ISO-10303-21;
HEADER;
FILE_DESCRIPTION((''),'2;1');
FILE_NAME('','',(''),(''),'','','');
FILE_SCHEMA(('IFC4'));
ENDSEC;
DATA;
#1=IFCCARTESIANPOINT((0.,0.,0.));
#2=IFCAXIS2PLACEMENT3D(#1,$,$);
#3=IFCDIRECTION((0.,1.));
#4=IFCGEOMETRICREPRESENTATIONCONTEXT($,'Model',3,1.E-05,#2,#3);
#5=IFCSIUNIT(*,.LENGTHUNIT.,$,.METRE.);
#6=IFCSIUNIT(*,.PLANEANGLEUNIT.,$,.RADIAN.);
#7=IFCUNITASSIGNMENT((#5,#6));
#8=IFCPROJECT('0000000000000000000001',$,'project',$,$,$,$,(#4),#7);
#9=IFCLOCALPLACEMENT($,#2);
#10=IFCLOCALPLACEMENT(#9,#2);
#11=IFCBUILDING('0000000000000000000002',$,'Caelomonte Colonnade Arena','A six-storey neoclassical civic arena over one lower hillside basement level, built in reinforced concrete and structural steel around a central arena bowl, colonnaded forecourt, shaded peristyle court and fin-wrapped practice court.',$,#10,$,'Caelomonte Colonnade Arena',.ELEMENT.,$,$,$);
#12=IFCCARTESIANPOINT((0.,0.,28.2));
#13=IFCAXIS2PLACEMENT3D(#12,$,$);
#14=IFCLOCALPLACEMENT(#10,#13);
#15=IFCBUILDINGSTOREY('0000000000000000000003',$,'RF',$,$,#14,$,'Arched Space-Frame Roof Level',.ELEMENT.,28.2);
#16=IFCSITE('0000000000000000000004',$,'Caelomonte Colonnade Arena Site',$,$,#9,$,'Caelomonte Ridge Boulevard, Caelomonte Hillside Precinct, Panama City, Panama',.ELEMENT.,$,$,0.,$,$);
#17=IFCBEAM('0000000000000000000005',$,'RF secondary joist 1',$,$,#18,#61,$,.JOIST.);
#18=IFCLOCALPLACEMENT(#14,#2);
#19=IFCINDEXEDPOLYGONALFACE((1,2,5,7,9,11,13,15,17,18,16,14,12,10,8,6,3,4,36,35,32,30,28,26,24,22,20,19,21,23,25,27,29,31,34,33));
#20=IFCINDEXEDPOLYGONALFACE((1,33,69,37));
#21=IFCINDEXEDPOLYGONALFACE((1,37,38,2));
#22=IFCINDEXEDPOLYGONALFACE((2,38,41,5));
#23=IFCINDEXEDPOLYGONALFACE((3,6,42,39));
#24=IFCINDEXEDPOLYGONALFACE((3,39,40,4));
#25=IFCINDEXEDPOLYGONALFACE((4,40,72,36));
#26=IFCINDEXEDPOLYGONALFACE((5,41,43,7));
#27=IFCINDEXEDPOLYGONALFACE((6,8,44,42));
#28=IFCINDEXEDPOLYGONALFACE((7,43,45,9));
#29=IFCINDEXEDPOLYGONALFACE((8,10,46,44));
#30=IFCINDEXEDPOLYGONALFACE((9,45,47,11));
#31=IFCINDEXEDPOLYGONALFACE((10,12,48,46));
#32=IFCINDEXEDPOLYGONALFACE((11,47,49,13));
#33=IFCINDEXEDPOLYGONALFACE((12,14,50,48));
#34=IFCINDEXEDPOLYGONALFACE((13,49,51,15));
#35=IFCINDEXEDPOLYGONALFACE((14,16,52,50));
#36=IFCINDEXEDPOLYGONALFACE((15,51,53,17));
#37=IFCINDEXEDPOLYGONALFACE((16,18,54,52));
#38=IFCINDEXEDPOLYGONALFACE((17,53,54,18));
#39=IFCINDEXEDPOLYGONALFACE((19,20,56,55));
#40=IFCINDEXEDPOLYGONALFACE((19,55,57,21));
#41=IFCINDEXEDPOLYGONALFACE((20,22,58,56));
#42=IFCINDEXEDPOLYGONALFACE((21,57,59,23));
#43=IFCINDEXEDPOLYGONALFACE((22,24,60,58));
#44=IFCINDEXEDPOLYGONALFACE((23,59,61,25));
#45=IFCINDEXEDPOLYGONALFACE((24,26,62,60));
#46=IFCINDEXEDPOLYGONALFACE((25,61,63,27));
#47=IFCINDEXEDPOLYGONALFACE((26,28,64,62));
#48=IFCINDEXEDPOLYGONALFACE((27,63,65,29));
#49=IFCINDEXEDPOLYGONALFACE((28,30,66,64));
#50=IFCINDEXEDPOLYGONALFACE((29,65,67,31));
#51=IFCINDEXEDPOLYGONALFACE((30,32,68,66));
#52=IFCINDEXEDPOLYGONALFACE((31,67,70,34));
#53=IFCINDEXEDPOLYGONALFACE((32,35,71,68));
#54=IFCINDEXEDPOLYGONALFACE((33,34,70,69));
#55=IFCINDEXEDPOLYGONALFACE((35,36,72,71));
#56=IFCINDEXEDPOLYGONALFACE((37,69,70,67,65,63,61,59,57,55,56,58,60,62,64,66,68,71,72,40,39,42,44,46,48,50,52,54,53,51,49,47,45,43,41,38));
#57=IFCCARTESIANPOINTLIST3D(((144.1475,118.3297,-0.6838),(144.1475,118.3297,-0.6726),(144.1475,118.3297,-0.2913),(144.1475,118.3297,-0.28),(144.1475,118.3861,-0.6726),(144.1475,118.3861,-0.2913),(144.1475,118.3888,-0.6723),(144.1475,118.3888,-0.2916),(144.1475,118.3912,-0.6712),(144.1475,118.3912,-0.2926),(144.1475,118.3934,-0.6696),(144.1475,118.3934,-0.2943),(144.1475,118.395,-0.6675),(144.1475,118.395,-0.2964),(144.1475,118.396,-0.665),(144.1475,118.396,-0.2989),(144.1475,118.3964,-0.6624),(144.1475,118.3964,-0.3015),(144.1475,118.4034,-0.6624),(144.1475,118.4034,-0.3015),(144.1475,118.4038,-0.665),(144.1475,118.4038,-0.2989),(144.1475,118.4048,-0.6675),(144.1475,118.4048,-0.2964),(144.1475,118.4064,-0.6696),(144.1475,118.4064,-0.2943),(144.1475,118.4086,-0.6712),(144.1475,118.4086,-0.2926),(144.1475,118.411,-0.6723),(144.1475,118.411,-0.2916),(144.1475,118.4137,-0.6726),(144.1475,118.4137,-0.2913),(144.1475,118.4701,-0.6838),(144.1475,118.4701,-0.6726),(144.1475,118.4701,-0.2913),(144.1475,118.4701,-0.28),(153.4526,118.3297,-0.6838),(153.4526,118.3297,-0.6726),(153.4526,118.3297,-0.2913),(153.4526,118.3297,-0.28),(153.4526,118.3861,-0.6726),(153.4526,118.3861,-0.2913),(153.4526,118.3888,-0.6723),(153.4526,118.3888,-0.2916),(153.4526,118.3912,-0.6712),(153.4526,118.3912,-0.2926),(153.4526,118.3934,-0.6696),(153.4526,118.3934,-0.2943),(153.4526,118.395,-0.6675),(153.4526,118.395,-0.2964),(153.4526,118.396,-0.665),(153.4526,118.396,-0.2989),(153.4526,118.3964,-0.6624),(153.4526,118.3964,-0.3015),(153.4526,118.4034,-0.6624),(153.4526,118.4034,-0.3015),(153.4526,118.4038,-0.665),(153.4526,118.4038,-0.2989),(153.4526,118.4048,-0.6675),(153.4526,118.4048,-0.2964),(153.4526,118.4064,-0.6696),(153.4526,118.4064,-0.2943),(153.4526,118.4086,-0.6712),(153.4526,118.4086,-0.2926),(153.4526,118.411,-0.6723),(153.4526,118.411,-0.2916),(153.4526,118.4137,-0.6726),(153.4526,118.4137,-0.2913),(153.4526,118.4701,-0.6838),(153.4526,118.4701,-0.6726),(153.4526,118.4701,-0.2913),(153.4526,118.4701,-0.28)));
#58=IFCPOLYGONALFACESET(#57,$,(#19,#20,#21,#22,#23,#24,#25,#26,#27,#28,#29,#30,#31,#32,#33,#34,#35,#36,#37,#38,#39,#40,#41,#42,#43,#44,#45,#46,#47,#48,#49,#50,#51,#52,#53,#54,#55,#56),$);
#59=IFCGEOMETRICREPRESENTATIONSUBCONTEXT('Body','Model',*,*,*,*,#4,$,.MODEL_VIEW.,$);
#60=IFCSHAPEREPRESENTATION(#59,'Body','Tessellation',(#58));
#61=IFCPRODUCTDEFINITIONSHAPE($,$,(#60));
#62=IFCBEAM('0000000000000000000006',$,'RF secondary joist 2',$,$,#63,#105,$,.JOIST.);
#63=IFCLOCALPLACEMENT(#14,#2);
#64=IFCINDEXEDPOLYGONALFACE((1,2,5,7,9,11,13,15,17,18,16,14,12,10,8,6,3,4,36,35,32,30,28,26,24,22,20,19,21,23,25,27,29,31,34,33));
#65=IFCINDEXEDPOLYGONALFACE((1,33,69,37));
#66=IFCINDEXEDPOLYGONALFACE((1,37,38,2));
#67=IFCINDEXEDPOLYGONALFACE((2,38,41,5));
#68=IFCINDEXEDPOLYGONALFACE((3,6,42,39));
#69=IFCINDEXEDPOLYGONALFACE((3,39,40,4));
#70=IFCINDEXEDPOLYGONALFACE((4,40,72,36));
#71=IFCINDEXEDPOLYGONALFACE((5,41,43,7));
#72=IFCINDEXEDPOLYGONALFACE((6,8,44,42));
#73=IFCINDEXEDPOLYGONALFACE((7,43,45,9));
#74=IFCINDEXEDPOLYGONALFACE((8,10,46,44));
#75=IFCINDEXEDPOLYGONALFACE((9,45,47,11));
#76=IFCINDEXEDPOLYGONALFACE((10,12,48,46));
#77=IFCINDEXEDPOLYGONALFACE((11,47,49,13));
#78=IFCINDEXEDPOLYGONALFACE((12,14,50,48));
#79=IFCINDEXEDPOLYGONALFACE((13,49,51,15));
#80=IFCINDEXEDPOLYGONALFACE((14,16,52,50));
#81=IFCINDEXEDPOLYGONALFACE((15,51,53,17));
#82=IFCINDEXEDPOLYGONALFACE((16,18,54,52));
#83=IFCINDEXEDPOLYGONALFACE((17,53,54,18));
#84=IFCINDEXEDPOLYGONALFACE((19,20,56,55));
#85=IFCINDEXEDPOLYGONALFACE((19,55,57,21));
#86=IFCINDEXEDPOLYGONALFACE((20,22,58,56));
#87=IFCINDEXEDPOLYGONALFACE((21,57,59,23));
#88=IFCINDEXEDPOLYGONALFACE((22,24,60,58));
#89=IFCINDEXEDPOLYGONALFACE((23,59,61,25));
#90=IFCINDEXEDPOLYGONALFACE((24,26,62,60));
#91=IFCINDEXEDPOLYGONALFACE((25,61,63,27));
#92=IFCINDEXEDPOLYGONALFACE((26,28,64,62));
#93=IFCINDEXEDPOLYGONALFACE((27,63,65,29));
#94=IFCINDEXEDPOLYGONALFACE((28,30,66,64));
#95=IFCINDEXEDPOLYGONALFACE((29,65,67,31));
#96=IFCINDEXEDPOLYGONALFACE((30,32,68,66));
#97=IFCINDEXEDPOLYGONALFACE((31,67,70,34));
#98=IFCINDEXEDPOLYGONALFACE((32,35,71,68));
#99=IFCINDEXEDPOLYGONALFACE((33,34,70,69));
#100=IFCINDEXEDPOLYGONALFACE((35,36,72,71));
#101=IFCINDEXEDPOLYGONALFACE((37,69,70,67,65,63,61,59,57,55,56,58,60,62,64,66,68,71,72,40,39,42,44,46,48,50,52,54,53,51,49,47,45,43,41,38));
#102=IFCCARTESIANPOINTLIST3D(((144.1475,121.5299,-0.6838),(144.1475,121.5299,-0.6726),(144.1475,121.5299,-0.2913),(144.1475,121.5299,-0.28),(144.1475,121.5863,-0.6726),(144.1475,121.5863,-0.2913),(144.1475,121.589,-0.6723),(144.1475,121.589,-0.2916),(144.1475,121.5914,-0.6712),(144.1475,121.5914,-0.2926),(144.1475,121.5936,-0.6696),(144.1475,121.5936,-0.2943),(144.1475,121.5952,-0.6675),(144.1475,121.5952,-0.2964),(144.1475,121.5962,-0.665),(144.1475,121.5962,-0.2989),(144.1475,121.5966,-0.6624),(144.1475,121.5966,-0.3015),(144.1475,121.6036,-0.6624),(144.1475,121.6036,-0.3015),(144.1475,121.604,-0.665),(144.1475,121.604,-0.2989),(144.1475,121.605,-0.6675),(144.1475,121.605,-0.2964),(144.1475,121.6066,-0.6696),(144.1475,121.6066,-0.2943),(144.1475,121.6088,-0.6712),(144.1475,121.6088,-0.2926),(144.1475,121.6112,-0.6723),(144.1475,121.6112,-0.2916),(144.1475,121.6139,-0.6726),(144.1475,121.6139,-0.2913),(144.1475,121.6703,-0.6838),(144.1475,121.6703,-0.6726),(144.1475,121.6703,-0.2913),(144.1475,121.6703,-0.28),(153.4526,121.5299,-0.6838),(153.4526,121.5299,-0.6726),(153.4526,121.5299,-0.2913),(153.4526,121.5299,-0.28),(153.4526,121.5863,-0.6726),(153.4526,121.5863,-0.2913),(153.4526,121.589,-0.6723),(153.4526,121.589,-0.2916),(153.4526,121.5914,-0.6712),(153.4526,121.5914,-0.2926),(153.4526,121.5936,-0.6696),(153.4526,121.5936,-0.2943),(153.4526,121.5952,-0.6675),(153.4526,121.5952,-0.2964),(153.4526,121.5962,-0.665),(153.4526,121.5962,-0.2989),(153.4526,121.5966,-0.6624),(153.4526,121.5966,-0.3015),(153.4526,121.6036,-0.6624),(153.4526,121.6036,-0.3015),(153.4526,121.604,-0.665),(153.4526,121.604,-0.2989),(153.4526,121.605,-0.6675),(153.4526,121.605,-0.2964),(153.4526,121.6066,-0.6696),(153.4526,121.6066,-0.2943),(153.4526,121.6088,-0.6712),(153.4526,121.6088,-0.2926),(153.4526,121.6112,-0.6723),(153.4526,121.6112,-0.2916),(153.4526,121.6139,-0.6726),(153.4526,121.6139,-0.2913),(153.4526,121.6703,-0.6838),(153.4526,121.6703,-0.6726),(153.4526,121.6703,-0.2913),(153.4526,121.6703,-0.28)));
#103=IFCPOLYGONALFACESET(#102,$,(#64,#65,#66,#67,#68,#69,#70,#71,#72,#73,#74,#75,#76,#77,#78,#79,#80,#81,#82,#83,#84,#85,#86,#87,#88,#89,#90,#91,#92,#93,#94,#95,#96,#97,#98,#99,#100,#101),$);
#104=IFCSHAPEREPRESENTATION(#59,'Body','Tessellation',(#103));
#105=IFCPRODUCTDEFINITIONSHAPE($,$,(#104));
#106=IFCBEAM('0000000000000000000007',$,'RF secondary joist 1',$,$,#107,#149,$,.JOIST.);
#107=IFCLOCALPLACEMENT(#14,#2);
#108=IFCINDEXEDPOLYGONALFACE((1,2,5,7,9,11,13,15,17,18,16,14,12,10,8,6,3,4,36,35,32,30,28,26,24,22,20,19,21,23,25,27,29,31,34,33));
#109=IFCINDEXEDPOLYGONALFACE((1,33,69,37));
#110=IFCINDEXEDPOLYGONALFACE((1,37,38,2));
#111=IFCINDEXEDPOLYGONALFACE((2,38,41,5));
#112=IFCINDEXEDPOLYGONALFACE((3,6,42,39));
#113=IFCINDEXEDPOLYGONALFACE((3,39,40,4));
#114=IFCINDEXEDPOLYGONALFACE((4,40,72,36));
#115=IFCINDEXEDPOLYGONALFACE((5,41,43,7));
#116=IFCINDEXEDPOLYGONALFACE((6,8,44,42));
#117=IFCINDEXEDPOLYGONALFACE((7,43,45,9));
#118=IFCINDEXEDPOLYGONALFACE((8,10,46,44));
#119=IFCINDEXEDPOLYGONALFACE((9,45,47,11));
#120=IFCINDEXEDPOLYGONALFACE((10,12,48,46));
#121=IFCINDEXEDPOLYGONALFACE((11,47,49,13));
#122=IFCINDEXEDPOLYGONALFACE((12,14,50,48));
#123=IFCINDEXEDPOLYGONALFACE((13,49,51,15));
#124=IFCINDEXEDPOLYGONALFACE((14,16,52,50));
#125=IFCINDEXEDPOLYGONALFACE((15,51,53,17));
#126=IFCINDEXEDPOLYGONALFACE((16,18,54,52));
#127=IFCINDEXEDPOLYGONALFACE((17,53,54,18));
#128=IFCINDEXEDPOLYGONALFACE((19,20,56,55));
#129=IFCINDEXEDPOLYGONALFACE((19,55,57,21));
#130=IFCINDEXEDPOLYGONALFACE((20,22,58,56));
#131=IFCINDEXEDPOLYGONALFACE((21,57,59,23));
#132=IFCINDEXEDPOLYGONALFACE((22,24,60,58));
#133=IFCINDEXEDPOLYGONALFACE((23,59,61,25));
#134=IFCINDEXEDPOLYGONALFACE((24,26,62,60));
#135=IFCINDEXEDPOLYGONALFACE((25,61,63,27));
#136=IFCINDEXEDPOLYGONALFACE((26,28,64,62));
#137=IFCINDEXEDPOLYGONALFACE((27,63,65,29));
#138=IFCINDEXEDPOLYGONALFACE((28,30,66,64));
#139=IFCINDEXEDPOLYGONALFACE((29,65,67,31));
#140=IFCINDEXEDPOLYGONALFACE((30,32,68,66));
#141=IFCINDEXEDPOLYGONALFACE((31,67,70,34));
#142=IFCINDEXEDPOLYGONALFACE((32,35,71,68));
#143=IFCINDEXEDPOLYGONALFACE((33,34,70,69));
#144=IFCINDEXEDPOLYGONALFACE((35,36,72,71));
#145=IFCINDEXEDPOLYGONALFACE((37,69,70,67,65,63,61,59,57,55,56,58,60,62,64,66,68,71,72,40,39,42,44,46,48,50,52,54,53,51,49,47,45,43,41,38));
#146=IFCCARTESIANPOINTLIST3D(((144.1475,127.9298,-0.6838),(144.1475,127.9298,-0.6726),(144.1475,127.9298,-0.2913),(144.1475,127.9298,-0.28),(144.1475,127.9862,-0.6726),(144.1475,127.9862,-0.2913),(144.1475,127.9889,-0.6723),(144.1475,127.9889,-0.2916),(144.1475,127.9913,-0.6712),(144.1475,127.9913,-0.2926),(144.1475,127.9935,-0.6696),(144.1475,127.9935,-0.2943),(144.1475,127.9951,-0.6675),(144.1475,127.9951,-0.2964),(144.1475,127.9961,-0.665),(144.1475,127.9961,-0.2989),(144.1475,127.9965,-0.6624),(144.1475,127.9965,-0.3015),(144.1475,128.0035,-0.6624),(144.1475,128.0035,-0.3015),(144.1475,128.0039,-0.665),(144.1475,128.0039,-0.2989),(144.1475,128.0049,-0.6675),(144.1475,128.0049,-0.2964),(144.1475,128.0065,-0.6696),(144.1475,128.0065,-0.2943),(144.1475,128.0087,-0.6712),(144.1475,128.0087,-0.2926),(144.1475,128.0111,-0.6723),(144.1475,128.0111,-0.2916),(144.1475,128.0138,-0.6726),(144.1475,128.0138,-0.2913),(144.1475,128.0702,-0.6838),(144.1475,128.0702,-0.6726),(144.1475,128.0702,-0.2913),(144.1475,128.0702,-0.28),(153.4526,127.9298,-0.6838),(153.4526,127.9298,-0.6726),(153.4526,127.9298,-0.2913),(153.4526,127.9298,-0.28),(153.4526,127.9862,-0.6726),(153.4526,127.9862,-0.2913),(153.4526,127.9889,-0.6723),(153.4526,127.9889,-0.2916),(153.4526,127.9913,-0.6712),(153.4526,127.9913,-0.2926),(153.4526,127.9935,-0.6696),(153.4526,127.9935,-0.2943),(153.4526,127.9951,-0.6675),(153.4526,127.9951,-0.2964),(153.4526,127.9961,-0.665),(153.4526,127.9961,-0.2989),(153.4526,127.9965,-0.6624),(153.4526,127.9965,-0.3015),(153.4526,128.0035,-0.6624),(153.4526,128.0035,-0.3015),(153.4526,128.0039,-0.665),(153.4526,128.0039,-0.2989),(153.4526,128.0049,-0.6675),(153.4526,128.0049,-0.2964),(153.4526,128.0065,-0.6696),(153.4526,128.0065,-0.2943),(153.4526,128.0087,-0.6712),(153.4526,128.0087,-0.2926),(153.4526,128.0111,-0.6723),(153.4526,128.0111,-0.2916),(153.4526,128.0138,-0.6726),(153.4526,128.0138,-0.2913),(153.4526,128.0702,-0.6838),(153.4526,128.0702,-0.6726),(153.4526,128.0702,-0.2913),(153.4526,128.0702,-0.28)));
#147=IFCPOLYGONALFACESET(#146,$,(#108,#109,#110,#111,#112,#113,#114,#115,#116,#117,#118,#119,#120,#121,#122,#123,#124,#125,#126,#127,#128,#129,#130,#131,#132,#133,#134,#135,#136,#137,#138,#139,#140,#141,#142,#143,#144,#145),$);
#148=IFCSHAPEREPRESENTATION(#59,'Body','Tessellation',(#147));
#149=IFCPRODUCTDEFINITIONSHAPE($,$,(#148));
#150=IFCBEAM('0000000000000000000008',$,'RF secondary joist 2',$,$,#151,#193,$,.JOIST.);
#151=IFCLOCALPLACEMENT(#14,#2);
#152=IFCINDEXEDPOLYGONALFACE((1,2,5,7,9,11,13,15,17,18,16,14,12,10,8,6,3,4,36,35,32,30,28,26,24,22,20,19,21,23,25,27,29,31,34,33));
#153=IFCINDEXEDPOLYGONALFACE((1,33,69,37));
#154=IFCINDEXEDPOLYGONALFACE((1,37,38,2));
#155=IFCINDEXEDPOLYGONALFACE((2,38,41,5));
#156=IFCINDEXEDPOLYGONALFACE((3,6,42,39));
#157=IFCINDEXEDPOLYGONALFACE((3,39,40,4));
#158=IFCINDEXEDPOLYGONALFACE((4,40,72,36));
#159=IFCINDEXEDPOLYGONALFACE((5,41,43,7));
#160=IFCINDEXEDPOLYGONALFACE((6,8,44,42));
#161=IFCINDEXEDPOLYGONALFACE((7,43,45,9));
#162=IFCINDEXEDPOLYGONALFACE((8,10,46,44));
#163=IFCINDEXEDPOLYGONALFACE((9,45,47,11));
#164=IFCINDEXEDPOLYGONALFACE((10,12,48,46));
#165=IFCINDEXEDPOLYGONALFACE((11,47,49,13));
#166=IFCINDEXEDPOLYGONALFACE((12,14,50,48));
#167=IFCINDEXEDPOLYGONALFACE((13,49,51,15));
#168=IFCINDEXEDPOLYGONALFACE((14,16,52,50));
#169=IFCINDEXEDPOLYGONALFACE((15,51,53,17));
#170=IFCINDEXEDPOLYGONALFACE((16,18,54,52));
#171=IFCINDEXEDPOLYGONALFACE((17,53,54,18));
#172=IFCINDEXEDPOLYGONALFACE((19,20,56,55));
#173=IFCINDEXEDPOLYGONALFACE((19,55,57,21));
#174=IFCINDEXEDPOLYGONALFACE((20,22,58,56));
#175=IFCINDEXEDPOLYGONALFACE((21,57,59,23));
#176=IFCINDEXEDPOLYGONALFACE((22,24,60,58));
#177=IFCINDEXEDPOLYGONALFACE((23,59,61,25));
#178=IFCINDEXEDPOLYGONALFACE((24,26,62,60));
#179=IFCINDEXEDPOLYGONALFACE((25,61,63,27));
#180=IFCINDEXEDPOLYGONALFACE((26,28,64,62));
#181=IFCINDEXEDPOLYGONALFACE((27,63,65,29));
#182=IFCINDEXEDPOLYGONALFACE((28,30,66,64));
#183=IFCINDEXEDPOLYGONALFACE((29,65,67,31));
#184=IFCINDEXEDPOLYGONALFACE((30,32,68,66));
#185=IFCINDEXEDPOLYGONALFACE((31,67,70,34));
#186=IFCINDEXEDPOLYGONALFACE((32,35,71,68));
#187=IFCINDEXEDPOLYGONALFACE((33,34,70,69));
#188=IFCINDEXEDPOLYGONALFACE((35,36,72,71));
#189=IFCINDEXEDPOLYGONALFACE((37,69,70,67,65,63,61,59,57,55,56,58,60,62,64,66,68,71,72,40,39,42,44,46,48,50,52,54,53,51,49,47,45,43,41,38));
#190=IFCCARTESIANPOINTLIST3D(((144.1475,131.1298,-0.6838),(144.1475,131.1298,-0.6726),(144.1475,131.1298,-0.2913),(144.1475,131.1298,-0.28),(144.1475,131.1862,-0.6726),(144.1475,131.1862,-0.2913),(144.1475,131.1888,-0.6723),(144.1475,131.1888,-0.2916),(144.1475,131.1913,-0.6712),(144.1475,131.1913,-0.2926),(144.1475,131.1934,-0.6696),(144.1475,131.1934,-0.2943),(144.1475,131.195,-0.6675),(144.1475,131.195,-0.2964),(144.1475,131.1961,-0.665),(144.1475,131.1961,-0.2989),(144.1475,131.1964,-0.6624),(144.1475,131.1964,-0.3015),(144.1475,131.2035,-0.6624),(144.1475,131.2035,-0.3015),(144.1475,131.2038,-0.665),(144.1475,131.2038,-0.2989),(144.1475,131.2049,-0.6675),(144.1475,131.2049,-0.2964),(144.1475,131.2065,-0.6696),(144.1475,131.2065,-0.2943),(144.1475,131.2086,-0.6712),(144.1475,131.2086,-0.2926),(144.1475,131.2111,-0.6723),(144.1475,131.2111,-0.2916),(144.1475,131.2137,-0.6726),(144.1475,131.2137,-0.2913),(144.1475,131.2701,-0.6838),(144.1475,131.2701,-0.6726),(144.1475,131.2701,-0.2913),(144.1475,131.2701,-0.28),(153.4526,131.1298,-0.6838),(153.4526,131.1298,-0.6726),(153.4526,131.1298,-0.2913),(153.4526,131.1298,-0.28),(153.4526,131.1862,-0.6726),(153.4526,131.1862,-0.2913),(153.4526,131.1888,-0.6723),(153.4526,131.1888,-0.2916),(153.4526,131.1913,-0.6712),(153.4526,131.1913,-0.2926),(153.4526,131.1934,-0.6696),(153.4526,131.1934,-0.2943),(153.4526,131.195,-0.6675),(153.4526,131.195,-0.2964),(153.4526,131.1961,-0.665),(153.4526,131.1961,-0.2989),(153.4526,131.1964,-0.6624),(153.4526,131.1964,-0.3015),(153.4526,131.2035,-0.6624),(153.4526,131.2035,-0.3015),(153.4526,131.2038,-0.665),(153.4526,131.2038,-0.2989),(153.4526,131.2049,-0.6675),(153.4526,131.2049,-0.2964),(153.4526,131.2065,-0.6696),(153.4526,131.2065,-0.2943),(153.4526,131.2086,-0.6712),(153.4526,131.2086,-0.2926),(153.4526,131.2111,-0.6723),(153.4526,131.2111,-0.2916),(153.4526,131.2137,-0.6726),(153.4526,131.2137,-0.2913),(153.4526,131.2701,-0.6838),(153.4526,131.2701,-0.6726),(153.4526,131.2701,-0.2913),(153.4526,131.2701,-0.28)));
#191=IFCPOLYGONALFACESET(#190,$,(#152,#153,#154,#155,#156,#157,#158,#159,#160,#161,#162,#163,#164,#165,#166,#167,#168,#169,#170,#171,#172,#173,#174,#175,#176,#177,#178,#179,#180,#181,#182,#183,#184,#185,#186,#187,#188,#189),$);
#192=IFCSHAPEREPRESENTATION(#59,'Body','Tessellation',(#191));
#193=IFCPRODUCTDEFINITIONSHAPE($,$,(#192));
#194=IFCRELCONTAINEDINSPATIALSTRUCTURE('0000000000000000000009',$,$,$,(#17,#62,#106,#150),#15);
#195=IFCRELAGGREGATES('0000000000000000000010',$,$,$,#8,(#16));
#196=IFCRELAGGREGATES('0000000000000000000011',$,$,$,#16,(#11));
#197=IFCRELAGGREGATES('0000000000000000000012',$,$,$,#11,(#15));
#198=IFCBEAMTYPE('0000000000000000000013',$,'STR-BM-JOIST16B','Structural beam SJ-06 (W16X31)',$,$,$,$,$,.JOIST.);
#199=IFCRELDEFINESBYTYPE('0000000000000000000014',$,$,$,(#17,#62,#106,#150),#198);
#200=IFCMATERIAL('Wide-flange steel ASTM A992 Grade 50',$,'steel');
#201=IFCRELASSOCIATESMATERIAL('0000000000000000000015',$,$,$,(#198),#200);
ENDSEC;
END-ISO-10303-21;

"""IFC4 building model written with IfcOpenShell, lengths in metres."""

from ifc_helpers import new_model, si_unit, direction, frame, origin, origin_2d, place, context, subcontext, project, spatial, i_section, extrude, material, material_profile, profile_set, type_object, element, save


model = new_model("IFC4")

# Units and contexts
model_context = context("Model", 3, precision=1e-05, world=origin(), true_north=direction((0.0, 1.0)))
body_context = subcontext(model_context, "Body", "Model", "MODEL_VIEW")
ifc_project = project(units=[si_unit("LENGTHUNIT", "METRE"), si_unit("PLANEANGLEUNIT", "RADIAN")], contexts=[model_context])

# Site, building, storey
site_placement = place(None, origin())
site = spatial("IfcSite", under=ifc_project, at=site_placement, Name="Caelomonte Colonnade Arena Site", LongName="Caelomonte Ridge Boulevard, Caelomonte Hillside Precinct, Panama City, Panama", CompositionType="ELEMENT", RefElevation=0.0)
building_placement = place(site_placement, origin())
building = spatial("IfcBuilding", under=site, at=building_placement, Name="Caelomonte Colonnade Arena", Description="A six-storey neoclassical civic arena over one lower hillside basement level, built in reinforced concrete and structural steel around a central arena bowl, colonnaded forecourt, shaded peristyle court and fin-wrapped practice court.", LongName="Caelomonte Colonnade Arena", CompositionType="ELEMENT")
storey_placement = place(building_placement, frame((0.0, 0.0, 28.2)))
storey = spatial("IfcBuildingStorey", under=building, at=storey_placement, Name="RF", LongName="Arched Space-Frame Roof Level", CompositionType="ELEMENT", Elevation=28.2)

# Beams
ifc_material_1 = material(Name="Wide-flange steel ASTM A992 Grade 50", Category="steel")
ifc_material_profile_1 = material_profile(ifc_material_1, i_section(OverallWidth=0.1404, OverallDepth=0.4038, WebThickness=0.0071, FlangeThickness=0.0112, FilletRadius=0.0103, at=origin_2d()), Name="W16X31")
ifc_profile_set_1 = profile_set([ifc_material_profile_1], Name="Wide-flange steel ASTM A992 Grade 50")
beam_type_1 = type_object("IfcBeamType", Name="STR-BM-JOIST16B", Description="Structural beam SJ-06 (W16X31)", PredefinedType="JOIST", material=ifc_profile_set_1)
for number, where, z_axis, x_axis, name in (
    (1, (144.1475, 118.3999, -0.4819), (1.0, 0.0, 0.0), (0.0, 1.0, 0.0), "RF secondary joist 1"),
    (2, (144.1475, 121.6001, -0.4819), (1.0, 0.0, 0.0), (0.0, 1.0, 0.0), "RF secondary joist 2"),
    (3, (144.1475, 128.0, -0.4819), (1.0, 0.0, 0.0), (0.0, 1.0, 0.0), "RF secondary joist 1"),
    (4, (144.1475, 131.2, -0.4819), (1.0, 0.0, 0.0), (0.0, 1.0, 0.0), "RF secondary joist 2"),
):
    element("IfcBeam", number, at=place(storey_placement, frame(where, z_axis=z_axis, x_axis=x_axis)), inside=storey, type_object=beam_type_1, Name=name, PredefinedType="JOIST", context=body_context, shape_type="SweptSolid", body=[
        extrude(i_section(OverallWidth=0.1404, OverallDepth=0.4038, WebThickness=0.0071, FlangeThickness=0.0112, FilletRadius=0.0103, at=origin_2d()), origin(), (0.0, 0.0, 1.0), 9.3052),
    ])

save(model, "model.ifc")
